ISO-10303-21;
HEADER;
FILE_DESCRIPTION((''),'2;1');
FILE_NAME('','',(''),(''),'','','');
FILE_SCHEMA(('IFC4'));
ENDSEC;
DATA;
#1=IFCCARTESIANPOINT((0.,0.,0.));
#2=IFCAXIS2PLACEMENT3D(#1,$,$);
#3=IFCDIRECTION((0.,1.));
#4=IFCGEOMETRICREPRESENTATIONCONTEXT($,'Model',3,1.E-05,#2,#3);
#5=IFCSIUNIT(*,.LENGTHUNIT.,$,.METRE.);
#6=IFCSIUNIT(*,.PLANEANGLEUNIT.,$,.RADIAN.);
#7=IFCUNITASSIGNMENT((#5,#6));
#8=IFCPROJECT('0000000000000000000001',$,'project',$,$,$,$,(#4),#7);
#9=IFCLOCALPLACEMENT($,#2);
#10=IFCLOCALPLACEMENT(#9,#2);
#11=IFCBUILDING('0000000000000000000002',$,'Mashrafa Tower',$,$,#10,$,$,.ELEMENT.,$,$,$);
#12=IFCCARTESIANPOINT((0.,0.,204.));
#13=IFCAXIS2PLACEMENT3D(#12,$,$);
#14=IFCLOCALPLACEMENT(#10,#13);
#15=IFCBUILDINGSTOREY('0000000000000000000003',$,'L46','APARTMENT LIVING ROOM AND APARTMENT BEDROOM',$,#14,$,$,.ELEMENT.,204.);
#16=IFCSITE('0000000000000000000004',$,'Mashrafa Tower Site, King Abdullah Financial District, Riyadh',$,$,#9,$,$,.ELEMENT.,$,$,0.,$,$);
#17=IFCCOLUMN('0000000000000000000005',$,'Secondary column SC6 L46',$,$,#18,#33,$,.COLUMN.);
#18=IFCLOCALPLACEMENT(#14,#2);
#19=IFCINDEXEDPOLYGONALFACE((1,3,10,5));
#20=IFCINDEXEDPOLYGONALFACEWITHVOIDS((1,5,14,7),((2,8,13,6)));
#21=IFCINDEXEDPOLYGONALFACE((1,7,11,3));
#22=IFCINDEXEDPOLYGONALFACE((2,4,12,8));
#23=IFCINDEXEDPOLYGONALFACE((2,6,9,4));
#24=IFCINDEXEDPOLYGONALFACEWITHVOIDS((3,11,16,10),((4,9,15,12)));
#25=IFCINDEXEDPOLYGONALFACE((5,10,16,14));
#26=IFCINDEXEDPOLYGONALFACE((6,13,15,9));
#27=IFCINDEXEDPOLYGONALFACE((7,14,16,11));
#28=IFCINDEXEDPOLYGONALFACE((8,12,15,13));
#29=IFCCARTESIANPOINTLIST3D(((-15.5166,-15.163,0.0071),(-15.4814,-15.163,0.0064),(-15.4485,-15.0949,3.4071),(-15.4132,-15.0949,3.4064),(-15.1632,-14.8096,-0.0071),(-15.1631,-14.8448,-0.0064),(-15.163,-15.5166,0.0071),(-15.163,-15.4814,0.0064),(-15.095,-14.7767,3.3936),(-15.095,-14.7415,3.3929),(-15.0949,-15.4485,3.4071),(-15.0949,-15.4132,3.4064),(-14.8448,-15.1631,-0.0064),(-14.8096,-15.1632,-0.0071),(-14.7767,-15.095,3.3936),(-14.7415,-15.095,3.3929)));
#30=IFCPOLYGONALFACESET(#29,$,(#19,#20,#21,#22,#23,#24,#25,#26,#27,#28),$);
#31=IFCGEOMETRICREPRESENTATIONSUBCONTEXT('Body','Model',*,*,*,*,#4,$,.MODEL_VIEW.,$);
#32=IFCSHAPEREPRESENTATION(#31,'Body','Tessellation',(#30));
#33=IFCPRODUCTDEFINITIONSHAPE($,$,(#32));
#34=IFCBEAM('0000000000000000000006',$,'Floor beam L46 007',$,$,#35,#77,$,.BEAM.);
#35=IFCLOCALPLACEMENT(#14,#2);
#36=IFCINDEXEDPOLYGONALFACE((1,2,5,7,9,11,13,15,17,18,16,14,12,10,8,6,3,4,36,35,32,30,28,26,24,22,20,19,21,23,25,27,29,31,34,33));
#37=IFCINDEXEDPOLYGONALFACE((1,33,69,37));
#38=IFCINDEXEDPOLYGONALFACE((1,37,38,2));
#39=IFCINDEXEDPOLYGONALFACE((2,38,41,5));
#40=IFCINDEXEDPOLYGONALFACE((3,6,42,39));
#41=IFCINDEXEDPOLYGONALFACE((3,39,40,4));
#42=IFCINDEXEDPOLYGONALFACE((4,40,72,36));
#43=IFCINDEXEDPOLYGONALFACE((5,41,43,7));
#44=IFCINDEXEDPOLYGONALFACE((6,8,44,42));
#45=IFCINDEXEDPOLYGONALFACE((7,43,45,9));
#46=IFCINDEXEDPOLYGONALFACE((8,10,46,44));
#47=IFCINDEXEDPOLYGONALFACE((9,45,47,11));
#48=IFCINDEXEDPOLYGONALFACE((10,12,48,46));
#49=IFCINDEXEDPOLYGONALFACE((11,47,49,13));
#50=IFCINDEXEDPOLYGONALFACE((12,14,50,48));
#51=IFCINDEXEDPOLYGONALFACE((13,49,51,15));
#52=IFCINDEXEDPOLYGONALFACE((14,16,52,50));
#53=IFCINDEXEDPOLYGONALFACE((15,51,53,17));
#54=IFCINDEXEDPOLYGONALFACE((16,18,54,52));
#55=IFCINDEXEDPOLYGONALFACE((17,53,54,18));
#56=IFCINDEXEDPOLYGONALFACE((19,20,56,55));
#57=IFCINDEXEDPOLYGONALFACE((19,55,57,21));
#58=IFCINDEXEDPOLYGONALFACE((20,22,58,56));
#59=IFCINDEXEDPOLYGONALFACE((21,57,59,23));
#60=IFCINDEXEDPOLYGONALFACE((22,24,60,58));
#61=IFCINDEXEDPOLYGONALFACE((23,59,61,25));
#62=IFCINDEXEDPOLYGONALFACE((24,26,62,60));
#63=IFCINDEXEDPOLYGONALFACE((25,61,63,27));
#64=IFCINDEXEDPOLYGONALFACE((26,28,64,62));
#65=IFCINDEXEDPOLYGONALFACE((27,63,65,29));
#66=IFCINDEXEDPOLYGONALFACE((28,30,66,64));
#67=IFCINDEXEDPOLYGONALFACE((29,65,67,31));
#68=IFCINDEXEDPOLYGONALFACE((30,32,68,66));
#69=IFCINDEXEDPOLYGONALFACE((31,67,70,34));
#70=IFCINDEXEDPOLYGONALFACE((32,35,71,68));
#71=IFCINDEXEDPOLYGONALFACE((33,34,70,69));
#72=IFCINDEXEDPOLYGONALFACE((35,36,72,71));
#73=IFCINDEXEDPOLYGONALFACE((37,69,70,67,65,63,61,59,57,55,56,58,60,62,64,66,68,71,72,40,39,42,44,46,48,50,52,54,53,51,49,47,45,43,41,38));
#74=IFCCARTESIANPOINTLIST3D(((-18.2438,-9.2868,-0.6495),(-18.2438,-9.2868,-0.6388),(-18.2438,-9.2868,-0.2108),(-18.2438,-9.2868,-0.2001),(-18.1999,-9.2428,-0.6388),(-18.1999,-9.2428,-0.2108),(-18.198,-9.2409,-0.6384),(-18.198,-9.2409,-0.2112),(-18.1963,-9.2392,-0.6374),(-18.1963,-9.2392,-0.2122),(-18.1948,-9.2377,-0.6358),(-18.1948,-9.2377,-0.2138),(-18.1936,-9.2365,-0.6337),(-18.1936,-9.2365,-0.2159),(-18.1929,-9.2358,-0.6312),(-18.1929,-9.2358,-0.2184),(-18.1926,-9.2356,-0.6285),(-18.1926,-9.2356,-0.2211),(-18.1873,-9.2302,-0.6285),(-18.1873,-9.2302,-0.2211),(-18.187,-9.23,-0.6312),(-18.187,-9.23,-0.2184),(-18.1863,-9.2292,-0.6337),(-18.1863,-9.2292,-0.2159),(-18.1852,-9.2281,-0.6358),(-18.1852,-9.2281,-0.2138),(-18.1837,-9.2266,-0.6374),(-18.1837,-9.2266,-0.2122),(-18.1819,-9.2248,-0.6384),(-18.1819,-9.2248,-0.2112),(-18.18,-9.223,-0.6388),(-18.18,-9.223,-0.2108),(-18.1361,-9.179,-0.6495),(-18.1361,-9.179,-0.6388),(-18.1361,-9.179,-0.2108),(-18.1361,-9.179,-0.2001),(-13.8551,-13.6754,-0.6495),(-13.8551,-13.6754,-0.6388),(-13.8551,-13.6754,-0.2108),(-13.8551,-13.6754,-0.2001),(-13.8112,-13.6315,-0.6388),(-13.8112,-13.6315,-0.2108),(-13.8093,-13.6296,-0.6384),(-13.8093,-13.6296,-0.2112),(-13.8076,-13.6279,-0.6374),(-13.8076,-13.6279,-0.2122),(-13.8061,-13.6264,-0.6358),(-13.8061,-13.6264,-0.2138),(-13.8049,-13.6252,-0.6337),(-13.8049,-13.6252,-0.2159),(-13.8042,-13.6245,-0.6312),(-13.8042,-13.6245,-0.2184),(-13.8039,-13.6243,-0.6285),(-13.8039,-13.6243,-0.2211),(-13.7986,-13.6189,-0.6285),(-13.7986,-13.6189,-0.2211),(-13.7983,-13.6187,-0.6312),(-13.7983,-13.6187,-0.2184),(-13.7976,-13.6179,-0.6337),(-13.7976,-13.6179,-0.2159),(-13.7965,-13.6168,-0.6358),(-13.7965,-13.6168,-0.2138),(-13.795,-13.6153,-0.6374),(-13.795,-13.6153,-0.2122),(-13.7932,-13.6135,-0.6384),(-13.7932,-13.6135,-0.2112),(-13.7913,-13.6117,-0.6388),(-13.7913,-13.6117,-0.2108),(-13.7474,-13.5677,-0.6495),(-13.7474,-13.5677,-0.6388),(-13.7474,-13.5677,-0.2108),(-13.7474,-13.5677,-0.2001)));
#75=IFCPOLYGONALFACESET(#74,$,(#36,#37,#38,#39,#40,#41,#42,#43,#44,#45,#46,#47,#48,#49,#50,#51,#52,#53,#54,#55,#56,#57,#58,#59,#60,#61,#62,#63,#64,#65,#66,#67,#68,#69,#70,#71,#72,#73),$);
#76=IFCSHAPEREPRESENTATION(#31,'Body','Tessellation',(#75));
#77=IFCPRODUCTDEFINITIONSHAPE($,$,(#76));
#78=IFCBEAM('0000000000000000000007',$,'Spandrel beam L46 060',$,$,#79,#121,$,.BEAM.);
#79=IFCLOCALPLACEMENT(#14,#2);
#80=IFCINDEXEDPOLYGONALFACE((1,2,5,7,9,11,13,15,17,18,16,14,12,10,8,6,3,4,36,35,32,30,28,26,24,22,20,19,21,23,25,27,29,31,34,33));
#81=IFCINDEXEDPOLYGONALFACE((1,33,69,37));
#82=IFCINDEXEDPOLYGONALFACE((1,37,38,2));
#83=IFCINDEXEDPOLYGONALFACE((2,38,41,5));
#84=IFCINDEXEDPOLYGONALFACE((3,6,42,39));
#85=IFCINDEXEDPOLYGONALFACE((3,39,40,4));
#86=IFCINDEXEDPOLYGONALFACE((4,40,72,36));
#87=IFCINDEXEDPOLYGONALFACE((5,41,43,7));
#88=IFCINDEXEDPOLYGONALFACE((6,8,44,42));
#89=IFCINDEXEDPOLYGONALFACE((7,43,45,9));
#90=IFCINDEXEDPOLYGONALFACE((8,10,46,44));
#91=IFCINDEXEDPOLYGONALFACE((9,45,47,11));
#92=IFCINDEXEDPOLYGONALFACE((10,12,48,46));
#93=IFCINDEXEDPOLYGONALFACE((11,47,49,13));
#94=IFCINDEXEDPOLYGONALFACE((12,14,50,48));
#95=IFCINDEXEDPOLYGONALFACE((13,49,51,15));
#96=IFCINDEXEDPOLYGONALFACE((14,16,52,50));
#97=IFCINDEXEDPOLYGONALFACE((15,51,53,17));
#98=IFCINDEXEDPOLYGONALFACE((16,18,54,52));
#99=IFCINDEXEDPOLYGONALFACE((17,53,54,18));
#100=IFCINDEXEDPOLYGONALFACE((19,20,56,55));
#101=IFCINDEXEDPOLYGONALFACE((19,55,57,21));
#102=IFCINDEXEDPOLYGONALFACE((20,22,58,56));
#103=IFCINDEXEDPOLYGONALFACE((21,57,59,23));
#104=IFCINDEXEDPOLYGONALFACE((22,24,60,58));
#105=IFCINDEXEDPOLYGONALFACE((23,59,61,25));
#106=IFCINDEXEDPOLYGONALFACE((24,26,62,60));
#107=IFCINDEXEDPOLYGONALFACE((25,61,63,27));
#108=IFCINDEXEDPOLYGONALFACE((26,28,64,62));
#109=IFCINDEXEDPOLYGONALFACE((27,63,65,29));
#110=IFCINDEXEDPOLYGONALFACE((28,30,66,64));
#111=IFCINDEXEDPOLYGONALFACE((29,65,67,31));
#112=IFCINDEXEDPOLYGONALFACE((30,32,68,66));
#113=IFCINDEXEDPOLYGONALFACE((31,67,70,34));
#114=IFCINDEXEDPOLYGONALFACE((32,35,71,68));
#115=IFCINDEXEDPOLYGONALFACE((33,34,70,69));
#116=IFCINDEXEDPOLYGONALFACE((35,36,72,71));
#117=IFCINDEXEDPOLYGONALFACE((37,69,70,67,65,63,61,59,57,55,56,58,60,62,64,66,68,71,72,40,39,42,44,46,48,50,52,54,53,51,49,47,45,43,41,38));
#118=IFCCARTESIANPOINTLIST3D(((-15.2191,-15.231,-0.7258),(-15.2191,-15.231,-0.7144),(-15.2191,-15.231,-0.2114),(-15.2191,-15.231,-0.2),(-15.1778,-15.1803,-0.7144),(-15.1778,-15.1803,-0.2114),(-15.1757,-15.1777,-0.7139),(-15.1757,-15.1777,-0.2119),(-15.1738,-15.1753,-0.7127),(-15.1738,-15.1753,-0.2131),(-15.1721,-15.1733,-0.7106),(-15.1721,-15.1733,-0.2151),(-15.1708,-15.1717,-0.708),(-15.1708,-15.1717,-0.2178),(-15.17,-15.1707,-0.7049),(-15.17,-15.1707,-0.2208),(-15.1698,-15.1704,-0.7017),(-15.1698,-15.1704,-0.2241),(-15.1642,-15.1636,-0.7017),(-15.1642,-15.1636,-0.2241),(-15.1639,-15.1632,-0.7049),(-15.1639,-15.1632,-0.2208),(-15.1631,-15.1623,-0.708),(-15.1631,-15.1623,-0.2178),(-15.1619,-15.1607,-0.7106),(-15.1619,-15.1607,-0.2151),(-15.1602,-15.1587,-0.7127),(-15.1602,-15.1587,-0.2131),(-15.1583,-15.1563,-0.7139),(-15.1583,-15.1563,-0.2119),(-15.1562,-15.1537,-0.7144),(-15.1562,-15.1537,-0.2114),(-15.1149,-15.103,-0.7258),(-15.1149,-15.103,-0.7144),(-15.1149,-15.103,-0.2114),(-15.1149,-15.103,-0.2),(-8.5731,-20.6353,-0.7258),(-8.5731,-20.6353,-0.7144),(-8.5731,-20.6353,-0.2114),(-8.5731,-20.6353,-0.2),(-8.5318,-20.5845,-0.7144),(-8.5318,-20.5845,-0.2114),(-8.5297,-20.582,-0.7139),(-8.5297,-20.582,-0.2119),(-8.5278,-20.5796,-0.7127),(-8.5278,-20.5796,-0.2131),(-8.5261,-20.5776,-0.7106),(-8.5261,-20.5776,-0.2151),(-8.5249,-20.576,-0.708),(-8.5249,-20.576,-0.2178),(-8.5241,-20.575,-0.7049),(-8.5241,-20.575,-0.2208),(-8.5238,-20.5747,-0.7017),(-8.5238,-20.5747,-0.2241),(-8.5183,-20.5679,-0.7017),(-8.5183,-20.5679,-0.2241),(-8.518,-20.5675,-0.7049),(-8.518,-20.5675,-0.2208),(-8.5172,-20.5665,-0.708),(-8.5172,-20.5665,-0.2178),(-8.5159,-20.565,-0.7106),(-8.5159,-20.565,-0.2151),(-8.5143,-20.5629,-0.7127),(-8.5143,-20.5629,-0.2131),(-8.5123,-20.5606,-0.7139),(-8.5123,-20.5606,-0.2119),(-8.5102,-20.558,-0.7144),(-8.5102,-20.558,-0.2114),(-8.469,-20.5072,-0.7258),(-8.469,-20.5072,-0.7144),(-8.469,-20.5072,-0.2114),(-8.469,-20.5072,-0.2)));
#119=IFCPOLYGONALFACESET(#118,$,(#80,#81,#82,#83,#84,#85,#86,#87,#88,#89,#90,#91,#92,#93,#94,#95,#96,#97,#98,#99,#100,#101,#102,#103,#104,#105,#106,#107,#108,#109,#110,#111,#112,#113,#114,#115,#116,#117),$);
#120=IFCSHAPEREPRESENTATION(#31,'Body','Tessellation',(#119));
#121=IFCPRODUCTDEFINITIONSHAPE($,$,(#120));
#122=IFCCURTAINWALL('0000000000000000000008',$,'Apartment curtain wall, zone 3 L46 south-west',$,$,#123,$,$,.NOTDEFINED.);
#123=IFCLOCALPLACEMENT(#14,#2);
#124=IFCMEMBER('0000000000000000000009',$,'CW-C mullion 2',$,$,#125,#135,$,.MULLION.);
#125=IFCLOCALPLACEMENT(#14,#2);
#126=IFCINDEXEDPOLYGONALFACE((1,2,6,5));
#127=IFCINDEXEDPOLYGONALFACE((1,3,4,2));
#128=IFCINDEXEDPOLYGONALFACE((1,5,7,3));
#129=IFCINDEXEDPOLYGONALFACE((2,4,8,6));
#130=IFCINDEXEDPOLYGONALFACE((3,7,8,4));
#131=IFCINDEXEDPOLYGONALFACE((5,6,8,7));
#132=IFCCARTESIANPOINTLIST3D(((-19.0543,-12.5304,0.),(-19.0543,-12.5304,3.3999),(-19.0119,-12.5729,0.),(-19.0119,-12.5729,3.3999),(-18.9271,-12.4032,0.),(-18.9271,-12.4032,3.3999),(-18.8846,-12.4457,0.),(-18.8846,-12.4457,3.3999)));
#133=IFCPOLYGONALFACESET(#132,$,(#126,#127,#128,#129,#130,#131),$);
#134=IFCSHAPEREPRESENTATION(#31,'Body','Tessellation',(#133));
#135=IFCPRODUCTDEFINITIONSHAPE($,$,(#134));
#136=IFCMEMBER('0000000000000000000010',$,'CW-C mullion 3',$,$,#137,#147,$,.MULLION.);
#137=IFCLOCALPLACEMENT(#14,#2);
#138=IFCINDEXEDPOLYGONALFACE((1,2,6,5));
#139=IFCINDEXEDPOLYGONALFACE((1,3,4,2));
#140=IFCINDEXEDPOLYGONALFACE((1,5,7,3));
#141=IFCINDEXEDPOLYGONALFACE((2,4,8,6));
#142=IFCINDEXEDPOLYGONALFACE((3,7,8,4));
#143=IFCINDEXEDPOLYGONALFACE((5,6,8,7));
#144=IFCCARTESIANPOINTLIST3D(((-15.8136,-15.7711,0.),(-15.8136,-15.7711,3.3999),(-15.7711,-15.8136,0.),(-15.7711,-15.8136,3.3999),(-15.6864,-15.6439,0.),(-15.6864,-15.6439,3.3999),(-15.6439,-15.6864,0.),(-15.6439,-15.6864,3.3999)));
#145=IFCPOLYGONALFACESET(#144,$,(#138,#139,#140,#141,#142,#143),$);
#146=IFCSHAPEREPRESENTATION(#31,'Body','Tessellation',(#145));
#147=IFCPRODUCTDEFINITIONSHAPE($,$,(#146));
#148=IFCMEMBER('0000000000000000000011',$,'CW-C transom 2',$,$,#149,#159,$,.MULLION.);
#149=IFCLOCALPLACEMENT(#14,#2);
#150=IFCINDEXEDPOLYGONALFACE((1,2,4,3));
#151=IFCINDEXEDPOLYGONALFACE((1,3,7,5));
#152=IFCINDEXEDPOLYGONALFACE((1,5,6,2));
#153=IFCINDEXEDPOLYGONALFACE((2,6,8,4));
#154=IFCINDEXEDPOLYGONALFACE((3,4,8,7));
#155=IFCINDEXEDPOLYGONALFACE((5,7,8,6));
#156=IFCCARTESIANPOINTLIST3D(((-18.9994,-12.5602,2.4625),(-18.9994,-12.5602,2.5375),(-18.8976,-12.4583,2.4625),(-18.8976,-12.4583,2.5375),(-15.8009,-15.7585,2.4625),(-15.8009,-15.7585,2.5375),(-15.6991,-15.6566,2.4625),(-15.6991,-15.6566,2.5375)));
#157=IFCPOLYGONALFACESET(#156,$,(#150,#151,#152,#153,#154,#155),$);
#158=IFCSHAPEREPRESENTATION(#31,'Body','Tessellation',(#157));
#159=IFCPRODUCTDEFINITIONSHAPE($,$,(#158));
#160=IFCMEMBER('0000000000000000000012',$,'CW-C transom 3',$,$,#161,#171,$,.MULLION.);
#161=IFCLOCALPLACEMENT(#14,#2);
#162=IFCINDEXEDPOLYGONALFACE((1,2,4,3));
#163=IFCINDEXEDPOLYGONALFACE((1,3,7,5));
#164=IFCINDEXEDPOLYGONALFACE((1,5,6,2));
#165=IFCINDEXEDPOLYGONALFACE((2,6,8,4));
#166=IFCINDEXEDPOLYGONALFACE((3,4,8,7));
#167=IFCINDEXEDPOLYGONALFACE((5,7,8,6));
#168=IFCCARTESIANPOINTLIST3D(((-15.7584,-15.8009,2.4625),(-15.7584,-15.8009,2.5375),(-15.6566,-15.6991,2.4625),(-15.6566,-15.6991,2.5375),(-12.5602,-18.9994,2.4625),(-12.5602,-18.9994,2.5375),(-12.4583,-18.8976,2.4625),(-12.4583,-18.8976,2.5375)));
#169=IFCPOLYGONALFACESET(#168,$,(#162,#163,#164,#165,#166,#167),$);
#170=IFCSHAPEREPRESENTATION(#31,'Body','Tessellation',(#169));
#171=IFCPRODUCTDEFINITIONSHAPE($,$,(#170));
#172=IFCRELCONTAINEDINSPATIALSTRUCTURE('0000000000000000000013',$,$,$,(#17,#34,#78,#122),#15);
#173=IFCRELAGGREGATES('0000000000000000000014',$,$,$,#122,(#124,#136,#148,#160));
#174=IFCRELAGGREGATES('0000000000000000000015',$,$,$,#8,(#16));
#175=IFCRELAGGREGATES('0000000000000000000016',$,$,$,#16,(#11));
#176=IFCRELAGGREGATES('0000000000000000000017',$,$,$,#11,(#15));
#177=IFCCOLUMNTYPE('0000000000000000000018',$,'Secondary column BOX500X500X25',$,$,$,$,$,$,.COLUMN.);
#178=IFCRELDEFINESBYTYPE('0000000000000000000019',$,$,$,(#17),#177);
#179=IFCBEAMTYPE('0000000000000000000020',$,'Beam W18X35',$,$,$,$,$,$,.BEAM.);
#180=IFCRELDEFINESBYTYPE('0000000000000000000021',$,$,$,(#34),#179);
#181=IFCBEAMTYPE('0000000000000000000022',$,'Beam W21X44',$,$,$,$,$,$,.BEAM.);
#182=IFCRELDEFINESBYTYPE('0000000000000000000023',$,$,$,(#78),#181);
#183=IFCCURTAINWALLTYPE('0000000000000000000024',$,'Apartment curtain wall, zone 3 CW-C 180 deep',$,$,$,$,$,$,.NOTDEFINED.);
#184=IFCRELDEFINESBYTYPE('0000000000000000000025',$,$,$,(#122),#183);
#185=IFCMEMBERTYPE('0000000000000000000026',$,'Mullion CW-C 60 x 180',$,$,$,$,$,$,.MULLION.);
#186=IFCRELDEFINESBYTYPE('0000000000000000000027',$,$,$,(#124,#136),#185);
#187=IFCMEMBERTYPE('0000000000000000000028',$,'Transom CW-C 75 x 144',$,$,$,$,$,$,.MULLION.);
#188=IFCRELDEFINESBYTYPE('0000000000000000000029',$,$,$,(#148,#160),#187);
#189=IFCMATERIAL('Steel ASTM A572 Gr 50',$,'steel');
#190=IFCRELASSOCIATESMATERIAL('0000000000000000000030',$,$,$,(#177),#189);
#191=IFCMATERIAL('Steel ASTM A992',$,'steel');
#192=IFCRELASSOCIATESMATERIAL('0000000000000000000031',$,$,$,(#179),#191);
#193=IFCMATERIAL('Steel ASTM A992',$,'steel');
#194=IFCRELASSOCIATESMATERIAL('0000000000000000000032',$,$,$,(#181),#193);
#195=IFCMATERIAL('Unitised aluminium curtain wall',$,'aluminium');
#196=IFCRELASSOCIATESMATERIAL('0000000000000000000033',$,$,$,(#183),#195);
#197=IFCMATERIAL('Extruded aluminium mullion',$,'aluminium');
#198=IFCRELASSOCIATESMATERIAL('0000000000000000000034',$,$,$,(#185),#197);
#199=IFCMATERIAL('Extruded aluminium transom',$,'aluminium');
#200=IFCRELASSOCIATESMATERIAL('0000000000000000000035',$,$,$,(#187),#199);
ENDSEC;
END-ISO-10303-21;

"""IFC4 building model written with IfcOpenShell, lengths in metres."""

from ifc_helpers import new_model, si_unit, direction, frame, origin, origin_2d, place, context, subcontext, project, spatial, rectangle, hollow_rectangle, i_section, extrude, source, transform, mapped, material, material_profile, profile_set, type_object, type_shapes, element, aggregate, save


model = new_model("IFC4")

# Units and contexts
model_context = context("Model", 3, precision=1e-05, world=origin(), true_north=direction((0.0, 1.0)))
body_context = subcontext(model_context, "Body", "Model", "MODEL_VIEW")
ifc_project = project(units=[si_unit("LENGTHUNIT", "METRE"), si_unit("PLANEANGLEUNIT", "RADIAN")], contexts=[model_context])

# Site, building, storey
site_placement = place(None, origin())
site = spatial("IfcSite", under=ifc_project, at=site_placement, Name="Mashrafa Tower Site, King Abdullah Financial District, Riyadh", CompositionType="ELEMENT", RefElevation=0.0)
building_placement = place(site_placement, origin())
building = spatial("IfcBuilding", under=site, at=building_placement, Name="Mashrafa Tower", CompositionType="ELEMENT")
storey_placement = place(building_placement, frame((0.0, 0.0, 204.0)))
storey = spatial("IfcBuildingStorey", under=building, at=storey_placement, Name="L46", Description="APARTMENT LIVING ROOM AND APARTMENT BEDROOM", CompositionType="ELEMENT", Elevation=204.0)

# Column
ifc_material_1 = material(Name="Steel ASTM A572 Gr 50", Category="steel")
ifc_material_profile_1 = material_profile(ifc_material_1, hollow_rectangle(XDim=0.5, YDim=0.5, WallThickness=0.0249, at=origin_2d()), Name="BOX500X500X25")
ifc_profile_set_1 = profile_set([ifc_material_profile_1], Name="Steel ASTM A572 Gr 50")
column_type = type_object("IfcColumnType", Name="Secondary column BOX500X500X25", PredefinedType="COLUMN", material=ifc_profile_set_1)
column_placement = place(storey_placement, frame((-15.1631, -15.1631, 0.0), z_axis=(0.020026, 0.020026, 0.999599), x_axis=(-0.707107, 0.707107, 0.0)))
element("IfcColumn", 1, at=column_placement, inside=storey, type_object=column_type, Name="Secondary column SC6 L46", PredefinedType="COLUMN", context=body_context, shape_type="SweptSolid", body=[
    extrude(hollow_rectangle(XDim=0.5, YDim=0.5, WallThickness=0.0249, at=origin_2d()), origin(), (0.0, 0.0, 1.0), 3.4014),
])

# Beams
ifc_material_2 = material(Name="Steel ASTM A992", Category="steel")
ifc_material_profile_2 = material_profile(ifc_material_2, i_section(OverallWidth=0.1523, OverallDepth=0.4495, WebThickness=0.0076, FlangeThickness=0.0107, FilletRadius=0.0103, at=origin_2d()), Name="W18X35")
ifc_profile_set_2 = profile_set([ifc_material_profile_2], Name="Steel ASTM A992")
beam_type_1 = type_object("IfcBeamType", Name="Beam W18X35", PredefinedType="BEAM", material=ifc_profile_set_2)
beam_1_placement = place(storey_placement, frame((-13.8013, -13.6216, -0.4248), z_axis=(-0.707107, 0.707107, 0.0), x_axis=(-0.707107, -0.707107, 0.0)))
element("IfcBeam", 2, at=beam_1_placement, inside=storey, type_object=beam_type_1, Name="Floor beam L46 007", PredefinedType="BEAM", context=body_context, shape_type="SweptSolid", body=[
    extrude(i_section(OverallWidth=0.1523, OverallDepth=0.4495, WebThickness=0.0076, FlangeThickness=0.0107, FilletRadius=0.0103, at=origin_2d()), origin(), (0.0, 0.0, 1.0), 6.2065),
])
ifc_material_3 = material(Name="Steel ASTM A992", Category="steel")
ifc_material_profile_3 = material_profile(ifc_material_3, i_section(OverallWidth=0.165, OverallDepth=0.5259, WebThickness=0.0088, FlangeThickness=0.0115, FilletRadius=0.0127, at=origin_2d()), Name="W21X44")
ifc_profile_set_3 = profile_set([ifc_material_profile_3], Name="Steel ASTM A992")
beam_type_2 = type_object("IfcBeamType", Name="Beam W21X44", PredefinedType="BEAM", material=ifc_profile_set_3)
beam_2_placement = place(storey_placement, frame((-15.167, -15.167, -0.4629), z_axis=(0.775861, -0.630904, 0.0), x_axis=(0.630904, 0.775861, 0.0)))
element("IfcBeam", 3, at=beam_2_placement, inside=storey, type_object=beam_type_2, Name="Spandrel beam L46 060", PredefinedType="BEAM", context=body_context, shape_type="SweptSolid", body=[
    extrude(i_section(OverallWidth=0.165, OverallDepth=0.5259, WebThickness=0.0088, FlangeThickness=0.0115, FilletRadius=0.0127, at=origin_2d()), origin(), (0.0, 0.0, 1.0), 8.5659),
])

# Curtain wall, members
ifc_material_4 = material(Name="Unitised aluminium curtain wall", Category="aluminium")
curtain_wall_type = type_object("IfcCurtainWallType", Name="Apartment curtain wall, zone 3 CW-C 180 deep", PredefinedType="NOTDEFINED", material=ifc_material_4)
curtain_wall_placement = place(storey_placement, origin())
curtain_wall = element("IfcCurtainWall", 4, at=curtain_wall_placement, inside=storey, type_object=curtain_wall_type, Name="Apartment curtain wall, zone 3 L46 south-west", PredefinedType="NOTDEFINED")
ifc_material_5 = material(Name="Extruded aluminium mullion", Category="aluminium")
ifc_material_profile_4 = material_profile(ifc_material_5, rectangle(XDim=0.1799, YDim=0.0601, at=origin_2d()), Name="Mullion 60x180")
ifc_profile_set_4 = profile_set([ifc_material_profile_4], Name="Extruded aluminium mullion")
member_type_1 = type_object("IfcMemberType", Name="Mullion CW-C 60 x 180", PredefinedType="MULLION", material=ifc_profile_set_4)
shared_shape_1 = source(origin(), body_context, "Body", "SweptSolid", [
    extrude(rectangle(XDim=0.1799, YDim=0.0601, at=origin_2d()), origin(), (0.0, 0.0, 1.0), 3.3999),
])
type_shapes(member_type_1, [shared_shape_1])
member_1_placement = place(storey_placement, frame((-18.9695, -12.488, 0.0), z_axis=(0.0, 0.0, 1.0), x_axis=(0.707107, 0.707107, 0.0)))
member_1 = element("IfcMember", 5, at=member_1_placement, type_object=member_type_1, Name="CW-C mullion 2", PredefinedType="MULLION", context=body_context, shape_type="MappedRepresentation", body=[
    mapped(shared_shape_1, transform((0.0, 0.0, 0.0))),
])
member_2_placement = place(storey_placement, frame((-15.7288, -15.7288, 0.0), z_axis=(0.0, 0.0, 1.0), x_axis=(0.707107, 0.707107, 0.0)))
member_2 = element("IfcMember", 6, at=member_2_placement, type_object=member_type_1, Name="CW-C mullion 3", PredefinedType="MULLION", context=body_context, shape_type="MappedRepresentation", body=[
    mapped(shared_shape_1, transform((0.0, 0.0, 0.0))),
])
ifc_material_6 = material(Name="Extruded aluminium transom", Category="aluminium")
ifc_material_profile_5 = material_profile(ifc_material_6, rectangle(XDim=0.144, YDim=0.075, at=origin_2d()), Name="Transom 75x144")
ifc_profile_set_5 = profile_set([ifc_material_profile_5], Name="Extruded aluminium transom")
member_type_2 = type_object("IfcMemberType", Name="Transom CW-C 75 x 144", PredefinedType="MULLION", material=ifc_profile_set_5)
shared_shape_2 = source(origin(), body_context, "Body", "SweptSolid", [
    extrude(rectangle(XDim=0.144, YDim=0.075, at=origin_2d()), origin(), (0.0, 0.0, 1.0), 4.5232),
])
type_shapes(member_type_2, [shared_shape_2])
member_3_placement = place(storey_placement, frame((-18.9485, -12.5093, 2.5), z_axis=(0.707134, -0.70708, 0.0), x_axis=(0.70708, 0.707134, 0.0)))
member_3 = element("IfcMember", 7, at=member_3_placement, type_object=member_type_2, Name="CW-C transom 2", PredefinedType="MULLION", context=body_context, shape_type="MappedRepresentation", body=[
    mapped(shared_shape_2, transform((0.0, 0.0, 0.0))),
])
member_4_placement = place(storey_placement, frame((-15.7075, -15.75, 2.5), z_axis=(0.70708, -0.707134, 0.0), x_axis=(0.707134, 0.70708, 0.0)))
member_4 = element("IfcMember", 8, at=member_4_placement, type_object=member_type_2, Name="CW-C transom 3", PredefinedType="MULLION", context=body_context, shape_type="MappedRepresentation", body=[
    mapped(shared_shape_2, transform((0.0, 0.0, 0.0))),
])
aggregate(curtain_wall, [member_1, member_2, member_3, member_4])

save(model, "model.ifc")
